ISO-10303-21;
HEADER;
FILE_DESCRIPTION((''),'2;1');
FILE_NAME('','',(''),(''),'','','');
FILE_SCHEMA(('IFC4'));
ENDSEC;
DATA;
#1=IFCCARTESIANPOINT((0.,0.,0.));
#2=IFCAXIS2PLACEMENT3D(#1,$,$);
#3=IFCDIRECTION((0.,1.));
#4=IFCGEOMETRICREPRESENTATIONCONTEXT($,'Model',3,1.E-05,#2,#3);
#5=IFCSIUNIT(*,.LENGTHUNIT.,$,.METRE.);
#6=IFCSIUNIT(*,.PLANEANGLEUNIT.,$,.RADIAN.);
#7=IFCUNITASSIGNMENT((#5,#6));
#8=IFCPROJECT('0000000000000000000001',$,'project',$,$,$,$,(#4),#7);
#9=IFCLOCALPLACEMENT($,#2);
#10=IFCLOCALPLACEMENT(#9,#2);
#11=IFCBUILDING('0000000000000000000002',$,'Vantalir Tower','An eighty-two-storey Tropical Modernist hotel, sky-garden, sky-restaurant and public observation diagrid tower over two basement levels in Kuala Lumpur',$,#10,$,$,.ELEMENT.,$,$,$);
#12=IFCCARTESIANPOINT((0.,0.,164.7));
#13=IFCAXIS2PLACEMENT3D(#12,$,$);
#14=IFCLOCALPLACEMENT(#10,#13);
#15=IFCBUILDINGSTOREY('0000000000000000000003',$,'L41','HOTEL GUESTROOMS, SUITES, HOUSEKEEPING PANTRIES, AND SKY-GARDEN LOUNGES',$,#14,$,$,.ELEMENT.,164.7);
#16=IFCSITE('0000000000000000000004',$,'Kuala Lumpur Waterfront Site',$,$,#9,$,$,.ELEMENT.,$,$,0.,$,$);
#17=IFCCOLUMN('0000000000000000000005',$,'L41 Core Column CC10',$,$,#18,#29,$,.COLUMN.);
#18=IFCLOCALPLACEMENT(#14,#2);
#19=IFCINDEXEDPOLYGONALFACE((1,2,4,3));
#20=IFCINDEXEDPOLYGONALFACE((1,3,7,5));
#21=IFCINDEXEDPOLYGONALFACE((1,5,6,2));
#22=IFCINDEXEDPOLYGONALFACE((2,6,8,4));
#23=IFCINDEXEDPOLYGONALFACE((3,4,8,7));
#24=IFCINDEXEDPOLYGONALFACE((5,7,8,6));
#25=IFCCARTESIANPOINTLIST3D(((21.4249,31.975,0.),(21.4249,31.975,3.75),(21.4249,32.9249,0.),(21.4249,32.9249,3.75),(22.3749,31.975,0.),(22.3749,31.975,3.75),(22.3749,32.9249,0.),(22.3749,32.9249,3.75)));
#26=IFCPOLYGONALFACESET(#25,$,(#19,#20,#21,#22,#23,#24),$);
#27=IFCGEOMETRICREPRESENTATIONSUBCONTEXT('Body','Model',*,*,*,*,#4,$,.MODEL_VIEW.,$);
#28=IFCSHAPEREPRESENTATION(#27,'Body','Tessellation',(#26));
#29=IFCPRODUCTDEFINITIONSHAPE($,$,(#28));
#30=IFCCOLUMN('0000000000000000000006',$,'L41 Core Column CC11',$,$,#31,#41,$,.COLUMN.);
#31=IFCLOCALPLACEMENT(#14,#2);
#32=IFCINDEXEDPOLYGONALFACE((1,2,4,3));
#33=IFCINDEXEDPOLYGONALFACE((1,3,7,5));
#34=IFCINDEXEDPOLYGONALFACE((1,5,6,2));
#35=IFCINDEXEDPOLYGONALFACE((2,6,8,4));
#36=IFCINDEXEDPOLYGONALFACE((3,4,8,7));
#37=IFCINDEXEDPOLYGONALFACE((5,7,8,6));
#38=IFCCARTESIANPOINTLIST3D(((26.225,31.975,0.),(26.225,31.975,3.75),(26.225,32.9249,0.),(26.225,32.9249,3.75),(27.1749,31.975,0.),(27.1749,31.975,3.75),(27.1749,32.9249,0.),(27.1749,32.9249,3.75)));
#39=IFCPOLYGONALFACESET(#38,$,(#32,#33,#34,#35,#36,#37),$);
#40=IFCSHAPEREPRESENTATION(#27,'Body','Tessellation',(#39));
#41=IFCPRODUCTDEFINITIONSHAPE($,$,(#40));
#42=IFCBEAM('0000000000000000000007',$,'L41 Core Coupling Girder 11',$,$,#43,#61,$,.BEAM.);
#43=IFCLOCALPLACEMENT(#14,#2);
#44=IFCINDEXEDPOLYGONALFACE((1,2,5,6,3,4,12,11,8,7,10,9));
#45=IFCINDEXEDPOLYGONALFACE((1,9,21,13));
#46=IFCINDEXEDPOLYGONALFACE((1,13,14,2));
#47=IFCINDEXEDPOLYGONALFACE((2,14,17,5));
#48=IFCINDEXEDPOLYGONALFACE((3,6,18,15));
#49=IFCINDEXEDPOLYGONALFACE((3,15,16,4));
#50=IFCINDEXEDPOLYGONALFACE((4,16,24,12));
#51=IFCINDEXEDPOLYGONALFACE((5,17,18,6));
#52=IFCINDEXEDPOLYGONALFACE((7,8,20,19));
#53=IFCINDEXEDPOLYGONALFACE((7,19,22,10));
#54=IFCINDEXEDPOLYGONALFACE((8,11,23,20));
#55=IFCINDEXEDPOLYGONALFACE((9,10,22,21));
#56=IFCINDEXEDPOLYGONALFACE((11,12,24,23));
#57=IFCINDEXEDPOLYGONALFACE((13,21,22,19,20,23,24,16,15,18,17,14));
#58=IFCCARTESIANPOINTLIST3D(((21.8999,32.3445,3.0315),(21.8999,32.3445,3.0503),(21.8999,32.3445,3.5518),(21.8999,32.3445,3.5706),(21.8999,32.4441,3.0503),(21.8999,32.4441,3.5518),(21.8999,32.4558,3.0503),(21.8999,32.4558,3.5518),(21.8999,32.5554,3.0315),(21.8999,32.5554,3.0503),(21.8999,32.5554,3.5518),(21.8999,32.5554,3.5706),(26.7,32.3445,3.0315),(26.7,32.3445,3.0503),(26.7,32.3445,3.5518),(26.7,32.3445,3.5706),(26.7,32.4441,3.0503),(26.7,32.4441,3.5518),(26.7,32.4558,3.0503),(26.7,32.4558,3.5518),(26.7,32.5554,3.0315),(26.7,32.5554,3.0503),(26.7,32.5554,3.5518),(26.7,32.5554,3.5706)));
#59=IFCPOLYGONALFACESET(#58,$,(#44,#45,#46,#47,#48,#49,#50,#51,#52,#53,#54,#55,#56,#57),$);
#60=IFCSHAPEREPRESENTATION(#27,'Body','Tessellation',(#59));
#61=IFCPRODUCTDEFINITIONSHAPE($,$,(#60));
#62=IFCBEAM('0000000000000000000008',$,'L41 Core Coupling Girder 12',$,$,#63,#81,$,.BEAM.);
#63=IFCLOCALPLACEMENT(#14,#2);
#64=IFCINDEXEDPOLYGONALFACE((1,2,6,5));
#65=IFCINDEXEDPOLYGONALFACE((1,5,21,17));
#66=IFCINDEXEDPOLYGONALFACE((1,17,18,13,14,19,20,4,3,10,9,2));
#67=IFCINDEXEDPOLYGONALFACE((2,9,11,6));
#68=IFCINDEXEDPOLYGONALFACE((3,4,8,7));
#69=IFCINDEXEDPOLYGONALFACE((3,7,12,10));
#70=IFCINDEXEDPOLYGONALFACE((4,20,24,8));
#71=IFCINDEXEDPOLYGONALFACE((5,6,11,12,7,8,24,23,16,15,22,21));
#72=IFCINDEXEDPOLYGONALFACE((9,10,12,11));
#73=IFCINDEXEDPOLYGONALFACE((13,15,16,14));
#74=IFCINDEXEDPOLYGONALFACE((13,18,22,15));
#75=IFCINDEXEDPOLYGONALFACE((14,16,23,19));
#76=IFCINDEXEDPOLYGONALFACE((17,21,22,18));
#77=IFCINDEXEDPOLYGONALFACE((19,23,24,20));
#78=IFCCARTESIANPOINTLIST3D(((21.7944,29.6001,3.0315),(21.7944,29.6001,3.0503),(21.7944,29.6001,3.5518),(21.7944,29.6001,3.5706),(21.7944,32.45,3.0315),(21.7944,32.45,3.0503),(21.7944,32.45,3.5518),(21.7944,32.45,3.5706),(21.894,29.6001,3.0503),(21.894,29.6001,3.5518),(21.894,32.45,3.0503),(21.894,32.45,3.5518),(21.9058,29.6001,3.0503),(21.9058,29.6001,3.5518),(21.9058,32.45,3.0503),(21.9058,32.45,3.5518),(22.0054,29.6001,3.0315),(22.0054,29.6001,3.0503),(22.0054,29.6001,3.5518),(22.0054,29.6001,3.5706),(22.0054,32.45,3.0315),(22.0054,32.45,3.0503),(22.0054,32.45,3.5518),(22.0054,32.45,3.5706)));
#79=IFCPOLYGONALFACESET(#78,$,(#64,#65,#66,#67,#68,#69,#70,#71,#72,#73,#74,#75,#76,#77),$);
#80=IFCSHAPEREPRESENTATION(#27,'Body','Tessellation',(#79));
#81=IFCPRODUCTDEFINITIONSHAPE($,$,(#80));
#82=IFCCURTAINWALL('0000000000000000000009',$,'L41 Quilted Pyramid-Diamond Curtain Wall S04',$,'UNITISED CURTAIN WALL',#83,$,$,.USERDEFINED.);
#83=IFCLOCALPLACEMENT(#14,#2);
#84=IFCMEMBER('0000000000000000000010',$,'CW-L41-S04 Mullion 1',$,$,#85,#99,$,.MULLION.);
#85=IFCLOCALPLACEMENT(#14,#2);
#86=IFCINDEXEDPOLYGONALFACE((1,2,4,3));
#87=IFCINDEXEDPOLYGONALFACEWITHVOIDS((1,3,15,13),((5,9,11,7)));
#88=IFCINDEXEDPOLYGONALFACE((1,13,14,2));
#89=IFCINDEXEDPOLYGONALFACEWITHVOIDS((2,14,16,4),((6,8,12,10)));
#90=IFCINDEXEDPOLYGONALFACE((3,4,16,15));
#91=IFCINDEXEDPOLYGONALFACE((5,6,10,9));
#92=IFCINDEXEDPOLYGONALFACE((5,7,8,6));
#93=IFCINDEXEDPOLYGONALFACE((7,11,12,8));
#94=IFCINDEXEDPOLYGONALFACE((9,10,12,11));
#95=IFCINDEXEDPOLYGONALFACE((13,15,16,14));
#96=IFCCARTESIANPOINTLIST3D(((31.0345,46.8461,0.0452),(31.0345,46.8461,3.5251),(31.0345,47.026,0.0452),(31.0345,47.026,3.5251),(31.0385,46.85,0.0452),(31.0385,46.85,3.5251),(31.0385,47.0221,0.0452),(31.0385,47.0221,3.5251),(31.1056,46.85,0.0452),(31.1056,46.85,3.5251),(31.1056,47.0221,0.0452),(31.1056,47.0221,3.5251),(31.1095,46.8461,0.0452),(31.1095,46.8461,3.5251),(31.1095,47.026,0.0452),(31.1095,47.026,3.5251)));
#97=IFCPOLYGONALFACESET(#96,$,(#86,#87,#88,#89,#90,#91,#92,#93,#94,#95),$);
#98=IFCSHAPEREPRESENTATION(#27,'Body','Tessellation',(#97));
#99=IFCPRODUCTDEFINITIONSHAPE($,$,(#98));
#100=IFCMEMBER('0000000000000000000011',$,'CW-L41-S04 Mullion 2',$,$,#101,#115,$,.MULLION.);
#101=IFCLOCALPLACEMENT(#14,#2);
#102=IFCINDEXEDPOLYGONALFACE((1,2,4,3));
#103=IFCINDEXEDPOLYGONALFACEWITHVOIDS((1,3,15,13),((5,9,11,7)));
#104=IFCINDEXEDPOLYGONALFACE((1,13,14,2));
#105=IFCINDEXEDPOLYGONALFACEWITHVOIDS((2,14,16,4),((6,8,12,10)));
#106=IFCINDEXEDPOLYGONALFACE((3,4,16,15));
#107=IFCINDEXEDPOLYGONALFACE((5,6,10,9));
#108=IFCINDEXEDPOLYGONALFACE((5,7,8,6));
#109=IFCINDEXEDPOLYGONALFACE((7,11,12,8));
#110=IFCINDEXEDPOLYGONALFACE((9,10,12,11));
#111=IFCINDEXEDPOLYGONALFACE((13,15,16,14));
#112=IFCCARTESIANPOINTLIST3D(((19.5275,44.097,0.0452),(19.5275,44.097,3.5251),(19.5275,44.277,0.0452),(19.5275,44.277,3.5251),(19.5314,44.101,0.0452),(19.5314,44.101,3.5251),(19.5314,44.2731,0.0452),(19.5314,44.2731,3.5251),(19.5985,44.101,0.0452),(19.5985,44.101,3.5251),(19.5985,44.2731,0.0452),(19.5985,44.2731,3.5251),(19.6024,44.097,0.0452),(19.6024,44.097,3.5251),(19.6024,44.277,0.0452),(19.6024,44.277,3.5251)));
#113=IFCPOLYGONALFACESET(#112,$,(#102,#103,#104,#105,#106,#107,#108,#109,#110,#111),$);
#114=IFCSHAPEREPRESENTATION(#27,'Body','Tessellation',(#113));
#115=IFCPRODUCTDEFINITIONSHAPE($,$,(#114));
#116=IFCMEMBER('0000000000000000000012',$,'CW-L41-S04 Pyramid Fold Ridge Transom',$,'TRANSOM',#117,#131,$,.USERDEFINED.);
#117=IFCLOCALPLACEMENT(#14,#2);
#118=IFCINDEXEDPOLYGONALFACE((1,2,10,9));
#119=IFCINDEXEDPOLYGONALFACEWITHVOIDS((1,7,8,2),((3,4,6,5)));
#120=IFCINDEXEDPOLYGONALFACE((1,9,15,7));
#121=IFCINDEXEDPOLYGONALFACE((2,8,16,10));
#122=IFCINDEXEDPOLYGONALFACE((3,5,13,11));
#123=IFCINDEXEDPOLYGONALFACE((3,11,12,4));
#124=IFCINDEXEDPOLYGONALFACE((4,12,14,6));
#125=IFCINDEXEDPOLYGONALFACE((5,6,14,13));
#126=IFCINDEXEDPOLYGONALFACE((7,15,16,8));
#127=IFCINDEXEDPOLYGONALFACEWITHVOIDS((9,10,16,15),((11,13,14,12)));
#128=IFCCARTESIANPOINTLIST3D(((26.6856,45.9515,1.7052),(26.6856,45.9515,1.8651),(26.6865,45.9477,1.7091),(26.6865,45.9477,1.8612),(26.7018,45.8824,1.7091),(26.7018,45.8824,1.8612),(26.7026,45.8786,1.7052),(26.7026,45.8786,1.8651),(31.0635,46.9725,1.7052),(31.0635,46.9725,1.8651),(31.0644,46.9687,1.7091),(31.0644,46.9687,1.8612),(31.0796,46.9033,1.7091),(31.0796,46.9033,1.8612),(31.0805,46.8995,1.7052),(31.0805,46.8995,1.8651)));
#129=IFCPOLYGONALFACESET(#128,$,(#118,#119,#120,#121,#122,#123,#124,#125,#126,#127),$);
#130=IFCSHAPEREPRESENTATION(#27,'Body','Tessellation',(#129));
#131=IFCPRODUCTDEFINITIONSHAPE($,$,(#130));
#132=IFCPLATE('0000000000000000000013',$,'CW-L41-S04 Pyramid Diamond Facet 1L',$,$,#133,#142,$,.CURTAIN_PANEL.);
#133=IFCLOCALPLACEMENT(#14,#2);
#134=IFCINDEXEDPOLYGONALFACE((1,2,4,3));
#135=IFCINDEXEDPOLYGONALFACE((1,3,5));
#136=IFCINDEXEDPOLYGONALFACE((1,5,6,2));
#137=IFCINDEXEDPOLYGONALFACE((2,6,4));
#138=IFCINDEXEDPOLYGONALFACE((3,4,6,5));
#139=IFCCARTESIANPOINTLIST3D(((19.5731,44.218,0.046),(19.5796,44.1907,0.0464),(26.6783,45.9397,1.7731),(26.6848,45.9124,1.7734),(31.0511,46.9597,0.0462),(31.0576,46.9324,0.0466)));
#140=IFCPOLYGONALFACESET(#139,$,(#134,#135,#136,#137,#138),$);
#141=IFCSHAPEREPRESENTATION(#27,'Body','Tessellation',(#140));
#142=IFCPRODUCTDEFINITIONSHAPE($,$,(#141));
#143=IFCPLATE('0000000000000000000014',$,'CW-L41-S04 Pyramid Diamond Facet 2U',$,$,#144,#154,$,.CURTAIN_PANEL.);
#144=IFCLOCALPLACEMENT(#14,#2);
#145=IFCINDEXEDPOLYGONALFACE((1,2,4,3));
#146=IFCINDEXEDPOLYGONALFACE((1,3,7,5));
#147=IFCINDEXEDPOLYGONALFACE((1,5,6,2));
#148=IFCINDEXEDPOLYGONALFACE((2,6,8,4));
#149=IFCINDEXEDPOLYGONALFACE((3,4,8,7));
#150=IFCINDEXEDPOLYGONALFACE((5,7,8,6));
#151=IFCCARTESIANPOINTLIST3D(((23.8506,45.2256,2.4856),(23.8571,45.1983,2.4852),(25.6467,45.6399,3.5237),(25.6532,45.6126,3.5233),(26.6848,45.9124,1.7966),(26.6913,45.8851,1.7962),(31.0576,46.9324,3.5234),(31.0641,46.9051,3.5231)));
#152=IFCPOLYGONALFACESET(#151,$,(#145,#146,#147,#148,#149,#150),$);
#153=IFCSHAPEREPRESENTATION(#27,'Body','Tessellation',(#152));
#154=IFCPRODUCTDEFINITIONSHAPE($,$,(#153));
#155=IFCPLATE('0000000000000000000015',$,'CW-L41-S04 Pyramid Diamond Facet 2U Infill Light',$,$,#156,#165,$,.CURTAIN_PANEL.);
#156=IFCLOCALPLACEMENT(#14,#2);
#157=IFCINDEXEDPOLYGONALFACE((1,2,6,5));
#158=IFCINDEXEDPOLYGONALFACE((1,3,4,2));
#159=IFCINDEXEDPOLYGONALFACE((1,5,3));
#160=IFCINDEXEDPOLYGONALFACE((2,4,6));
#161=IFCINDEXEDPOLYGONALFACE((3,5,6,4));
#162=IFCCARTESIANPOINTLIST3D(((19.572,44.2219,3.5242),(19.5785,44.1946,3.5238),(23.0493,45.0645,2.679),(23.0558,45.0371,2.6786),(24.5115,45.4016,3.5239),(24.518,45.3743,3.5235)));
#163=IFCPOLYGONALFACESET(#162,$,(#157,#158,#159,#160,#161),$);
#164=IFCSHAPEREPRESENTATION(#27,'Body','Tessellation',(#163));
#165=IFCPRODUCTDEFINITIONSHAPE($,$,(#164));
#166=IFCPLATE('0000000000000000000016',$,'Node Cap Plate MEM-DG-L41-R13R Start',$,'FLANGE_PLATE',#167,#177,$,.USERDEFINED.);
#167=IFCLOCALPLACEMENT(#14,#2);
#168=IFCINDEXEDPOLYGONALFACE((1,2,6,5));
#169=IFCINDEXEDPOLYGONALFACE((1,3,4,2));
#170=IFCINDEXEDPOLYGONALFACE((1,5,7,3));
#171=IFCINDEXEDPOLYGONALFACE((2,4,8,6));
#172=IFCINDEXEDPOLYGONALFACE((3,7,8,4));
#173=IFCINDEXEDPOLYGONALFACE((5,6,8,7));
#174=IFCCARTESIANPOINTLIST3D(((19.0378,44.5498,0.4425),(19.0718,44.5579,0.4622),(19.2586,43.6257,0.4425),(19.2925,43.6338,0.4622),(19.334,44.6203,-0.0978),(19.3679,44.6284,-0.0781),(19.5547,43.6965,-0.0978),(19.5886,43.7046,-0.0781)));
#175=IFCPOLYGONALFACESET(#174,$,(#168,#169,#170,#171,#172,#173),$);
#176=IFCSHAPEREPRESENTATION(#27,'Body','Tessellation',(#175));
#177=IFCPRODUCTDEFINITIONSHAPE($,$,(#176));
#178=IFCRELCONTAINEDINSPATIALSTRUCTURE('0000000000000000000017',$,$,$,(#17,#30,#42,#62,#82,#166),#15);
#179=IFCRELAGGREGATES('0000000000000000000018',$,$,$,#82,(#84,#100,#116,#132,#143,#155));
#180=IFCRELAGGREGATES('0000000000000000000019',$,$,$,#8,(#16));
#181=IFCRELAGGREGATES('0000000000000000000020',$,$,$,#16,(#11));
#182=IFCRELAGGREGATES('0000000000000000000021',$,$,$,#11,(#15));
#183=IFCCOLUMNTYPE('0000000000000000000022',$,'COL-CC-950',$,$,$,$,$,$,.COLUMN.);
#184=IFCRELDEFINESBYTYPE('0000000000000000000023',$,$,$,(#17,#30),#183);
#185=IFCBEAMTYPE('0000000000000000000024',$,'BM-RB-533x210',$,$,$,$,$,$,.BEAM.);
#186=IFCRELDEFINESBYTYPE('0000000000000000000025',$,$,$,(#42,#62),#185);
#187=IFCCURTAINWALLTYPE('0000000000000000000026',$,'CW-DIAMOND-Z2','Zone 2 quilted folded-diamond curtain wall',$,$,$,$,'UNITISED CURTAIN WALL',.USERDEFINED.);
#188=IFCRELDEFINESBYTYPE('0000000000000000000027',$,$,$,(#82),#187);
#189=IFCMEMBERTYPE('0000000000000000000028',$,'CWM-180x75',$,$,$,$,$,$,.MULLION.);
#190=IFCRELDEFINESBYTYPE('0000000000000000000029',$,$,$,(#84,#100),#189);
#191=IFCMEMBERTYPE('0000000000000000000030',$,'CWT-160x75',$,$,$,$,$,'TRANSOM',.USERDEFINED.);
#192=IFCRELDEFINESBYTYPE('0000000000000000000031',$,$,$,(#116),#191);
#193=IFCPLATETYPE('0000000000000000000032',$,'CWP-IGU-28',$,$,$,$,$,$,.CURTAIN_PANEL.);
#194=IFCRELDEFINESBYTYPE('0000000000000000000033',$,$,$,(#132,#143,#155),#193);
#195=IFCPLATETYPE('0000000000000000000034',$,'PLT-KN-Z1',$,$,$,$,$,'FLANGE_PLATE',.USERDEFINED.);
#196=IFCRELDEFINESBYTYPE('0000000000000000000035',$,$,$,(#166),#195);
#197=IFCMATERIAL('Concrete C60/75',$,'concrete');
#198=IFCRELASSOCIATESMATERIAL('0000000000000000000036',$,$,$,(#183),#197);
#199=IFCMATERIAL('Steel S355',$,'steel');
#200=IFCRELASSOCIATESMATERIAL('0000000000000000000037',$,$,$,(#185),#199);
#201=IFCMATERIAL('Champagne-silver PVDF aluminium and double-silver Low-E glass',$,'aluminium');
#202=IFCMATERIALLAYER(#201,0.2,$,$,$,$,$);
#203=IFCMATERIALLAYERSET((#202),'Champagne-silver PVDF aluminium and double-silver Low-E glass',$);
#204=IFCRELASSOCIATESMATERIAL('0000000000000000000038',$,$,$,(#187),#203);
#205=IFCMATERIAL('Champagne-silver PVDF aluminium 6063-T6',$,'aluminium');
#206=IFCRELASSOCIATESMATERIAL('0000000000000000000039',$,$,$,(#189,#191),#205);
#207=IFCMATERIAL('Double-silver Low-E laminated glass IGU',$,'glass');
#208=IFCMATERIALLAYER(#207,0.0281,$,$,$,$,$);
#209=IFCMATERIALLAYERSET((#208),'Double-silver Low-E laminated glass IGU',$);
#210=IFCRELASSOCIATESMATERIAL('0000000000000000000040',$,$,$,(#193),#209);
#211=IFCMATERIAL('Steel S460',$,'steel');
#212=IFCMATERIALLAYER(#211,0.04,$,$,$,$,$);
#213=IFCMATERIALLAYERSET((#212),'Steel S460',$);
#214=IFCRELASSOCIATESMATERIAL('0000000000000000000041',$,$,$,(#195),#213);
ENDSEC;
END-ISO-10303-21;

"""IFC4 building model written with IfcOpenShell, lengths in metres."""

from ifc_helpers import new_model, si_unit, direction, frame, origin, origin_2d, place, context, subcontext, project, spatial, polyline, rectangle, hollow_rectangle, i_section, outline, extrude, material, layer, layer_set, material_profile, profile_set, type_object, element, aggregate, save


model = new_model("IFC4")

# Units and contexts
model_context = context("Model", 3, precision=1e-05, world=origin(), true_north=direction((0.0, 1.0)))
body_context = subcontext(model_context, "Body", "Model", "MODEL_VIEW")
ifc_project = project(units=[si_unit("LENGTHUNIT", "METRE"), si_unit("PLANEANGLEUNIT", "RADIAN")], contexts=[model_context])

# Site, building, storey
site_placement = place(None, origin())
site = spatial("IfcSite", under=ifc_project, at=site_placement, Name="Kuala Lumpur Waterfront Site", CompositionType="ELEMENT", RefElevation=0.0)
building_placement = place(site_placement, origin())
building = spatial("IfcBuilding", under=site, at=building_placement, Name="Vantalir Tower", Description="An eighty-two-storey Tropical Modernist hotel, sky-garden, sky-restaurant and public observation diagrid tower over two basement levels in Kuala Lumpur", CompositionType="ELEMENT")
storey_placement = place(building_placement, frame((0.0, 0.0, 164.7)))
storey = spatial("IfcBuildingStorey", under=building, at=storey_placement, Name="L41", Description="HOTEL GUESTROOMS, SUITES, HOUSEKEEPING PANTRIES, AND SKY-GARDEN LOUNGES", CompositionType="ELEMENT", Elevation=164.7)

# Columns
ifc_material_1 = material(Name="Concrete C60/75", Category="concrete")
ifc_material_profile_1 = material_profile(ifc_material_1, rectangle(XDim=0.95, YDim=0.95, at=origin_2d()), Name="Concrete C60/75")
ifc_profile_set_1 = profile_set([ifc_material_profile_1], Name="Concrete C60/75")
column_type = type_object("IfcColumnType", Name="COL-CC-950", PredefinedType="COLUMN", material=ifc_profile_set_1)
for number, where, z_axis, x_axis, name in (
    (1, (21.8999, 32.45, 0.0), (0.0, 0.0, 1.0), (1.0, 0.0, 0.0), "L41 Core Column CC10"),
    (2, (26.7, 32.45, 0.0), (0.0, 0.0, 1.0), (1.0, 0.0, 0.0), "L41 Core Column CC11"),
):
    element("IfcColumn", number, at=place(storey_placement, frame(where, z_axis=z_axis, x_axis=x_axis)), inside=storey, type_object=column_type, Name=name, PredefinedType="COLUMN", context=body_context, shape_type="SweptSolid", body=[
        extrude(rectangle(XDim=0.95, YDim=0.95, at=origin_2d()), origin(), (0.0, 0.0, 1.0), 3.75),
    ])

# Beams
ifc_material_2 = material(Name="Steel S355", Category="steel")
ifc_material_profile_2 = material_profile(ifc_material_2, i_section(OverallWidth=0.2109, OverallDepth=0.5391, WebThickness=0.0117, FlangeThickness=0.0188, at=origin_2d()), Name="Steel S355")
ifc_profile_set_2 = profile_set([ifc_material_profile_2], Name="Steel S355")
beam_type = type_object("IfcBeamType", Name="BM-RB-533x210", PredefinedType="BEAM", material=ifc_profile_set_2)
beam_1_placement = place(storey_placement, frame((26.7, 32.45, 3.301), z_axis=(-1.0, 0.0, 0.0), x_axis=(0.0, -1.0, 0.0)))
element("IfcBeam", 3, at=beam_1_placement, inside=storey, type_object=beam_type, Name="L41 Core Coupling Girder 11", PredefinedType="BEAM", context=body_context, shape_type="SweptSolid", body=[
    extrude(i_section(OverallWidth=0.2109, OverallDepth=0.5391, WebThickness=0.0117, FlangeThickness=0.0188, at=origin_2d()), origin(), (0.0, 0.0, 1.0), 4.8),
])
beam_2_placement = place(storey_placement, frame((21.8999, 32.45, 3.301), z_axis=(0.0, -1.0, 0.0), x_axis=(1.0, 0.0, 0.0)))
element("IfcBeam", 4, at=beam_2_placement, inside=storey, type_object=beam_type, Name="L41 Core Coupling Girder 12", PredefinedType="BEAM", context=body_context, shape_type="SweptSolid", body=[
    extrude(i_section(OverallWidth=0.2109, OverallDepth=0.5391, WebThickness=0.0117, FlangeThickness=0.0188, at=origin_2d()), origin(), (0.0, 0.0, 1.0), 2.8499),
])

# Curtain wall, members, plates
ifc_material_3 = material(Name="Champagne-silver PVDF aluminium and double-silver Low-E glass", Category="aluminium")
ifc_layer_1 = layer(ifc_material_3, 0.2)
ifc_layer_set_1 = layer_set([ifc_layer_1], Name="Champagne-silver PVDF aluminium and double-silver Low-E glass")
curtain_wall_type = type_object("IfcCurtainWallType", Name="CW-DIAMOND-Z2", Description="Zone 2 quilted folded-diamond curtain wall", ElementType="UNITISED CURTAIN WALL", PredefinedType="USERDEFINED", material=ifc_layer_set_1)
curtain_wall_placement = place(storey_placement, origin())
curtain_wall = element("IfcCurtainWall", 5, at=curtain_wall_placement, inside=storey, type_object=curtain_wall_type, Name="L41 Quilted Pyramid-Diamond Curtain Wall S04", ObjectType="UNITISED CURTAIN WALL", PredefinedType="USERDEFINED")
ifc_material_4 = material(Name="Champagne-silver PVDF aluminium 6063-T6", Category="aluminium")
ifc_material_profile_3 = material_profile(ifc_material_4, hollow_rectangle(XDim=0.075, YDim=0.1799, WallThickness=0.0039, at=origin_2d()), Name="Champagne-silver PVDF aluminium 6063-T6")
ifc_profile_set_3 = profile_set([ifc_material_profile_3], Name="Champagne-silver PVDF aluminium 6063-T6")
member_type_1 = type_object("IfcMemberType", Name="CWM-180x75", PredefinedType="MULLION", material=ifc_profile_set_3)
member_1_placement = place(storey_placement, frame((31.072, 46.936, 0.0452), z_axis=(0.0, 0.0, 1.0), x_axis=(1.0, 0.0, 0.0)))
member_1 = element("IfcMember", 6, at=member_1_placement, type_object=member_type_1, Name="CW-L41-S04 Mullion 1", PredefinedType="MULLION", context=body_context, shape_type="SweptSolid", body=[
    extrude(hollow_rectangle(XDim=0.075, YDim=0.1799, WallThickness=0.0039, at=origin_2d()), origin(), (0.0, 0.0, 1.0), 3.48),
])
member_2_placement = place(storey_placement, frame((19.5649, 44.187, 0.0452), z_axis=(0.0, 0.0, 1.0), x_axis=(1.0, 0.0, 0.0)))
member_2 = element("IfcMember", 7, at=member_2_placement, type_object=member_type_1, Name="CW-L41-S04 Mullion 2", PredefinedType="MULLION", context=body_context, shape_type="SweptSolid", body=[
    extrude(hollow_rectangle(XDim=0.075, YDim=0.1799, WallThickness=0.0039, at=origin_2d()), origin(), (0.0, 0.0, 1.0), 3.48),
])
ifc_material_profile_4 = material_profile(ifc_material_4, hollow_rectangle(XDim=0.075, YDim=0.1599, WallThickness=0.0039, at=origin_2d()), Name="Champagne-silver PVDF aluminium 6063-T6")
ifc_profile_set_4 = profile_set([ifc_material_profile_4], Name="Champagne-silver PVDF aluminium 6063-T6")
member_type_2 = type_object("IfcMemberType", Name="CWT-160x75", ElementType="TRANSOM", PredefinedType="USERDEFINED", material=ifc_profile_set_4)
member_3_placement = place(storey_placement, frame((31.072, 46.936, 1.7852), z_axis=(-0.973867, -0.22712, 0.0), x_axis=(0.22712, -0.973867, 0.0)))
member_3 = element("IfcMember", 8, at=member_3_placement, type_object=member_type_2, Name="CW-L41-S04 Pyramid Fold Ridge Transom", ObjectType="TRANSOM", PredefinedType="USERDEFINED", context=body_context, shape_type="SweptSolid", body=[
    extrude(hollow_rectangle(XDim=0.075, YDim=0.1599, WallThickness=0.0039, at=origin_2d()), origin(), (0.0, 0.0, 1.0), 4.4954),
])
ifc_material_5 = material(Name="Double-silver Low-E laminated glass IGU", Category="glass")
ifc_layer_2 = layer(ifc_material_5, 0.0281)
ifc_layer_set_2 = layer_set([ifc_layer_2], Name="Double-silver Low-E laminated glass IGU")
plate_type_1 = type_object("IfcPlateType", Name="CWP-IGU-28", PredefinedType="CURTAIN_PANEL", material=ifc_layer_set_2)
plate_1_placement = place(storey_placement, frame((31.0576, 46.9324, 0.0466), z_axis=(0.232307, -0.972545, 0.013792), x_axis=(-0.972637, -0.232329, -0.000021)))
plate_1 = element("IfcPlate", 9, at=plate_1_placement, type_object=plate_type_1, Name="CW-L41-S04 Pyramid Diamond Facet 1L", PredefinedType="CURTAIN_PANEL", context=body_context, shape_type="SweptSolid", body=[
    extrude(outline(polyline([(0.0, 0.0), (11.8009, 0.0), (4.4901, -1.7271), (0.0, 0.0)])), origin(), (0.0, 0.0, -1.0), 0.0281),
])
plate_2_placement = place(storey_placement, frame((31.0576, 46.9324, 3.5234), z_axis=(-0.232307, 0.972545, 0.013796), x_axis=(-0.972637, -0.23233, 0.000044)))
plate_2 = element("IfcPlate", 10, at=plate_2_placement, type_object=plate_type_1, Name="CW-L41-S04 Pyramid Diamond Facet 2U", PredefinedType="CURTAIN_PANEL", context=body_context, shape_type="SweptSolid", body=[
    extrude(outline(polyline([(0.0, 0.0), (5.5631, 0.0), (7.4063, -1.0383), (4.4901, -1.7272), (0.0, 0.0)])), origin(), (0.0, 0.0, -1.0), 0.0281),
])
plate_3_placement = place(storey_placement, frame((24.5115, 45.4016, 3.5239), z_axis=(-0.232273, 0.972552, 0.013866), x_axis=(-0.972645, -0.232296, 0.000048)))
plate_3 = element("IfcPlate", 11, at=plate_3_placement, type_object=plate_type_1, Name="CW-L41-S04 Pyramid Diamond Facet 2U Infill Light", PredefinedType="CURTAIN_PANEL", context=body_context, shape_type="SweptSolid", body=[
    extrude(outline(polyline([(0.0, 0.0), (5.0784, 0.0), (1.5004, -0.8451), (0.0, 0.0)])), origin(), (0.0, 0.0, -1.0), 0.0281),
])
aggregate(curtain_wall, [member_1, member_2, member_3, plate_1, plate_2, plate_3])

# Plate
ifc_material_6 = material(Name="Steel S460", Category="steel")
ifc_layer_3 = layer(ifc_material_6, 0.04)
ifc_layer_set_3 = layer_set([ifc_layer_3], Name="Steel S460")
plate_type_2 = type_object("IfcPlateType", Name="PLT-KN-Z1", ElementType="FLANGE_PLATE", PredefinedType="USERDEFINED", material=ifc_layer_set_3)
plate_4_placement = place(storey_placement, frame((19.5886, 43.7046, -0.0781), z_axis=(0.847357, 0.202407, 0.490936), x_axis=(-0.23234, 0.972635, 0.000013)))
element("IfcPlate", 12, at=plate_4_placement, inside=storey, type_object=plate_type_2, Name="Node Cap Plate MEM-DG-L41-R13R Start", ObjectType="FLANGE_PLATE", PredefinedType="USERDEFINED", context=body_context, shape_type="SweptSolid", body=[
    extrude(outline(polyline([(0.0, 0.0), (0.9498, 0.0), (0.95, 0.6201), (-0.0001, 0.6202), (0.0, 0.0)])), origin(), (0.0, 0.0, -1.0), 0.04),
])

save(model, "model.ifc")
